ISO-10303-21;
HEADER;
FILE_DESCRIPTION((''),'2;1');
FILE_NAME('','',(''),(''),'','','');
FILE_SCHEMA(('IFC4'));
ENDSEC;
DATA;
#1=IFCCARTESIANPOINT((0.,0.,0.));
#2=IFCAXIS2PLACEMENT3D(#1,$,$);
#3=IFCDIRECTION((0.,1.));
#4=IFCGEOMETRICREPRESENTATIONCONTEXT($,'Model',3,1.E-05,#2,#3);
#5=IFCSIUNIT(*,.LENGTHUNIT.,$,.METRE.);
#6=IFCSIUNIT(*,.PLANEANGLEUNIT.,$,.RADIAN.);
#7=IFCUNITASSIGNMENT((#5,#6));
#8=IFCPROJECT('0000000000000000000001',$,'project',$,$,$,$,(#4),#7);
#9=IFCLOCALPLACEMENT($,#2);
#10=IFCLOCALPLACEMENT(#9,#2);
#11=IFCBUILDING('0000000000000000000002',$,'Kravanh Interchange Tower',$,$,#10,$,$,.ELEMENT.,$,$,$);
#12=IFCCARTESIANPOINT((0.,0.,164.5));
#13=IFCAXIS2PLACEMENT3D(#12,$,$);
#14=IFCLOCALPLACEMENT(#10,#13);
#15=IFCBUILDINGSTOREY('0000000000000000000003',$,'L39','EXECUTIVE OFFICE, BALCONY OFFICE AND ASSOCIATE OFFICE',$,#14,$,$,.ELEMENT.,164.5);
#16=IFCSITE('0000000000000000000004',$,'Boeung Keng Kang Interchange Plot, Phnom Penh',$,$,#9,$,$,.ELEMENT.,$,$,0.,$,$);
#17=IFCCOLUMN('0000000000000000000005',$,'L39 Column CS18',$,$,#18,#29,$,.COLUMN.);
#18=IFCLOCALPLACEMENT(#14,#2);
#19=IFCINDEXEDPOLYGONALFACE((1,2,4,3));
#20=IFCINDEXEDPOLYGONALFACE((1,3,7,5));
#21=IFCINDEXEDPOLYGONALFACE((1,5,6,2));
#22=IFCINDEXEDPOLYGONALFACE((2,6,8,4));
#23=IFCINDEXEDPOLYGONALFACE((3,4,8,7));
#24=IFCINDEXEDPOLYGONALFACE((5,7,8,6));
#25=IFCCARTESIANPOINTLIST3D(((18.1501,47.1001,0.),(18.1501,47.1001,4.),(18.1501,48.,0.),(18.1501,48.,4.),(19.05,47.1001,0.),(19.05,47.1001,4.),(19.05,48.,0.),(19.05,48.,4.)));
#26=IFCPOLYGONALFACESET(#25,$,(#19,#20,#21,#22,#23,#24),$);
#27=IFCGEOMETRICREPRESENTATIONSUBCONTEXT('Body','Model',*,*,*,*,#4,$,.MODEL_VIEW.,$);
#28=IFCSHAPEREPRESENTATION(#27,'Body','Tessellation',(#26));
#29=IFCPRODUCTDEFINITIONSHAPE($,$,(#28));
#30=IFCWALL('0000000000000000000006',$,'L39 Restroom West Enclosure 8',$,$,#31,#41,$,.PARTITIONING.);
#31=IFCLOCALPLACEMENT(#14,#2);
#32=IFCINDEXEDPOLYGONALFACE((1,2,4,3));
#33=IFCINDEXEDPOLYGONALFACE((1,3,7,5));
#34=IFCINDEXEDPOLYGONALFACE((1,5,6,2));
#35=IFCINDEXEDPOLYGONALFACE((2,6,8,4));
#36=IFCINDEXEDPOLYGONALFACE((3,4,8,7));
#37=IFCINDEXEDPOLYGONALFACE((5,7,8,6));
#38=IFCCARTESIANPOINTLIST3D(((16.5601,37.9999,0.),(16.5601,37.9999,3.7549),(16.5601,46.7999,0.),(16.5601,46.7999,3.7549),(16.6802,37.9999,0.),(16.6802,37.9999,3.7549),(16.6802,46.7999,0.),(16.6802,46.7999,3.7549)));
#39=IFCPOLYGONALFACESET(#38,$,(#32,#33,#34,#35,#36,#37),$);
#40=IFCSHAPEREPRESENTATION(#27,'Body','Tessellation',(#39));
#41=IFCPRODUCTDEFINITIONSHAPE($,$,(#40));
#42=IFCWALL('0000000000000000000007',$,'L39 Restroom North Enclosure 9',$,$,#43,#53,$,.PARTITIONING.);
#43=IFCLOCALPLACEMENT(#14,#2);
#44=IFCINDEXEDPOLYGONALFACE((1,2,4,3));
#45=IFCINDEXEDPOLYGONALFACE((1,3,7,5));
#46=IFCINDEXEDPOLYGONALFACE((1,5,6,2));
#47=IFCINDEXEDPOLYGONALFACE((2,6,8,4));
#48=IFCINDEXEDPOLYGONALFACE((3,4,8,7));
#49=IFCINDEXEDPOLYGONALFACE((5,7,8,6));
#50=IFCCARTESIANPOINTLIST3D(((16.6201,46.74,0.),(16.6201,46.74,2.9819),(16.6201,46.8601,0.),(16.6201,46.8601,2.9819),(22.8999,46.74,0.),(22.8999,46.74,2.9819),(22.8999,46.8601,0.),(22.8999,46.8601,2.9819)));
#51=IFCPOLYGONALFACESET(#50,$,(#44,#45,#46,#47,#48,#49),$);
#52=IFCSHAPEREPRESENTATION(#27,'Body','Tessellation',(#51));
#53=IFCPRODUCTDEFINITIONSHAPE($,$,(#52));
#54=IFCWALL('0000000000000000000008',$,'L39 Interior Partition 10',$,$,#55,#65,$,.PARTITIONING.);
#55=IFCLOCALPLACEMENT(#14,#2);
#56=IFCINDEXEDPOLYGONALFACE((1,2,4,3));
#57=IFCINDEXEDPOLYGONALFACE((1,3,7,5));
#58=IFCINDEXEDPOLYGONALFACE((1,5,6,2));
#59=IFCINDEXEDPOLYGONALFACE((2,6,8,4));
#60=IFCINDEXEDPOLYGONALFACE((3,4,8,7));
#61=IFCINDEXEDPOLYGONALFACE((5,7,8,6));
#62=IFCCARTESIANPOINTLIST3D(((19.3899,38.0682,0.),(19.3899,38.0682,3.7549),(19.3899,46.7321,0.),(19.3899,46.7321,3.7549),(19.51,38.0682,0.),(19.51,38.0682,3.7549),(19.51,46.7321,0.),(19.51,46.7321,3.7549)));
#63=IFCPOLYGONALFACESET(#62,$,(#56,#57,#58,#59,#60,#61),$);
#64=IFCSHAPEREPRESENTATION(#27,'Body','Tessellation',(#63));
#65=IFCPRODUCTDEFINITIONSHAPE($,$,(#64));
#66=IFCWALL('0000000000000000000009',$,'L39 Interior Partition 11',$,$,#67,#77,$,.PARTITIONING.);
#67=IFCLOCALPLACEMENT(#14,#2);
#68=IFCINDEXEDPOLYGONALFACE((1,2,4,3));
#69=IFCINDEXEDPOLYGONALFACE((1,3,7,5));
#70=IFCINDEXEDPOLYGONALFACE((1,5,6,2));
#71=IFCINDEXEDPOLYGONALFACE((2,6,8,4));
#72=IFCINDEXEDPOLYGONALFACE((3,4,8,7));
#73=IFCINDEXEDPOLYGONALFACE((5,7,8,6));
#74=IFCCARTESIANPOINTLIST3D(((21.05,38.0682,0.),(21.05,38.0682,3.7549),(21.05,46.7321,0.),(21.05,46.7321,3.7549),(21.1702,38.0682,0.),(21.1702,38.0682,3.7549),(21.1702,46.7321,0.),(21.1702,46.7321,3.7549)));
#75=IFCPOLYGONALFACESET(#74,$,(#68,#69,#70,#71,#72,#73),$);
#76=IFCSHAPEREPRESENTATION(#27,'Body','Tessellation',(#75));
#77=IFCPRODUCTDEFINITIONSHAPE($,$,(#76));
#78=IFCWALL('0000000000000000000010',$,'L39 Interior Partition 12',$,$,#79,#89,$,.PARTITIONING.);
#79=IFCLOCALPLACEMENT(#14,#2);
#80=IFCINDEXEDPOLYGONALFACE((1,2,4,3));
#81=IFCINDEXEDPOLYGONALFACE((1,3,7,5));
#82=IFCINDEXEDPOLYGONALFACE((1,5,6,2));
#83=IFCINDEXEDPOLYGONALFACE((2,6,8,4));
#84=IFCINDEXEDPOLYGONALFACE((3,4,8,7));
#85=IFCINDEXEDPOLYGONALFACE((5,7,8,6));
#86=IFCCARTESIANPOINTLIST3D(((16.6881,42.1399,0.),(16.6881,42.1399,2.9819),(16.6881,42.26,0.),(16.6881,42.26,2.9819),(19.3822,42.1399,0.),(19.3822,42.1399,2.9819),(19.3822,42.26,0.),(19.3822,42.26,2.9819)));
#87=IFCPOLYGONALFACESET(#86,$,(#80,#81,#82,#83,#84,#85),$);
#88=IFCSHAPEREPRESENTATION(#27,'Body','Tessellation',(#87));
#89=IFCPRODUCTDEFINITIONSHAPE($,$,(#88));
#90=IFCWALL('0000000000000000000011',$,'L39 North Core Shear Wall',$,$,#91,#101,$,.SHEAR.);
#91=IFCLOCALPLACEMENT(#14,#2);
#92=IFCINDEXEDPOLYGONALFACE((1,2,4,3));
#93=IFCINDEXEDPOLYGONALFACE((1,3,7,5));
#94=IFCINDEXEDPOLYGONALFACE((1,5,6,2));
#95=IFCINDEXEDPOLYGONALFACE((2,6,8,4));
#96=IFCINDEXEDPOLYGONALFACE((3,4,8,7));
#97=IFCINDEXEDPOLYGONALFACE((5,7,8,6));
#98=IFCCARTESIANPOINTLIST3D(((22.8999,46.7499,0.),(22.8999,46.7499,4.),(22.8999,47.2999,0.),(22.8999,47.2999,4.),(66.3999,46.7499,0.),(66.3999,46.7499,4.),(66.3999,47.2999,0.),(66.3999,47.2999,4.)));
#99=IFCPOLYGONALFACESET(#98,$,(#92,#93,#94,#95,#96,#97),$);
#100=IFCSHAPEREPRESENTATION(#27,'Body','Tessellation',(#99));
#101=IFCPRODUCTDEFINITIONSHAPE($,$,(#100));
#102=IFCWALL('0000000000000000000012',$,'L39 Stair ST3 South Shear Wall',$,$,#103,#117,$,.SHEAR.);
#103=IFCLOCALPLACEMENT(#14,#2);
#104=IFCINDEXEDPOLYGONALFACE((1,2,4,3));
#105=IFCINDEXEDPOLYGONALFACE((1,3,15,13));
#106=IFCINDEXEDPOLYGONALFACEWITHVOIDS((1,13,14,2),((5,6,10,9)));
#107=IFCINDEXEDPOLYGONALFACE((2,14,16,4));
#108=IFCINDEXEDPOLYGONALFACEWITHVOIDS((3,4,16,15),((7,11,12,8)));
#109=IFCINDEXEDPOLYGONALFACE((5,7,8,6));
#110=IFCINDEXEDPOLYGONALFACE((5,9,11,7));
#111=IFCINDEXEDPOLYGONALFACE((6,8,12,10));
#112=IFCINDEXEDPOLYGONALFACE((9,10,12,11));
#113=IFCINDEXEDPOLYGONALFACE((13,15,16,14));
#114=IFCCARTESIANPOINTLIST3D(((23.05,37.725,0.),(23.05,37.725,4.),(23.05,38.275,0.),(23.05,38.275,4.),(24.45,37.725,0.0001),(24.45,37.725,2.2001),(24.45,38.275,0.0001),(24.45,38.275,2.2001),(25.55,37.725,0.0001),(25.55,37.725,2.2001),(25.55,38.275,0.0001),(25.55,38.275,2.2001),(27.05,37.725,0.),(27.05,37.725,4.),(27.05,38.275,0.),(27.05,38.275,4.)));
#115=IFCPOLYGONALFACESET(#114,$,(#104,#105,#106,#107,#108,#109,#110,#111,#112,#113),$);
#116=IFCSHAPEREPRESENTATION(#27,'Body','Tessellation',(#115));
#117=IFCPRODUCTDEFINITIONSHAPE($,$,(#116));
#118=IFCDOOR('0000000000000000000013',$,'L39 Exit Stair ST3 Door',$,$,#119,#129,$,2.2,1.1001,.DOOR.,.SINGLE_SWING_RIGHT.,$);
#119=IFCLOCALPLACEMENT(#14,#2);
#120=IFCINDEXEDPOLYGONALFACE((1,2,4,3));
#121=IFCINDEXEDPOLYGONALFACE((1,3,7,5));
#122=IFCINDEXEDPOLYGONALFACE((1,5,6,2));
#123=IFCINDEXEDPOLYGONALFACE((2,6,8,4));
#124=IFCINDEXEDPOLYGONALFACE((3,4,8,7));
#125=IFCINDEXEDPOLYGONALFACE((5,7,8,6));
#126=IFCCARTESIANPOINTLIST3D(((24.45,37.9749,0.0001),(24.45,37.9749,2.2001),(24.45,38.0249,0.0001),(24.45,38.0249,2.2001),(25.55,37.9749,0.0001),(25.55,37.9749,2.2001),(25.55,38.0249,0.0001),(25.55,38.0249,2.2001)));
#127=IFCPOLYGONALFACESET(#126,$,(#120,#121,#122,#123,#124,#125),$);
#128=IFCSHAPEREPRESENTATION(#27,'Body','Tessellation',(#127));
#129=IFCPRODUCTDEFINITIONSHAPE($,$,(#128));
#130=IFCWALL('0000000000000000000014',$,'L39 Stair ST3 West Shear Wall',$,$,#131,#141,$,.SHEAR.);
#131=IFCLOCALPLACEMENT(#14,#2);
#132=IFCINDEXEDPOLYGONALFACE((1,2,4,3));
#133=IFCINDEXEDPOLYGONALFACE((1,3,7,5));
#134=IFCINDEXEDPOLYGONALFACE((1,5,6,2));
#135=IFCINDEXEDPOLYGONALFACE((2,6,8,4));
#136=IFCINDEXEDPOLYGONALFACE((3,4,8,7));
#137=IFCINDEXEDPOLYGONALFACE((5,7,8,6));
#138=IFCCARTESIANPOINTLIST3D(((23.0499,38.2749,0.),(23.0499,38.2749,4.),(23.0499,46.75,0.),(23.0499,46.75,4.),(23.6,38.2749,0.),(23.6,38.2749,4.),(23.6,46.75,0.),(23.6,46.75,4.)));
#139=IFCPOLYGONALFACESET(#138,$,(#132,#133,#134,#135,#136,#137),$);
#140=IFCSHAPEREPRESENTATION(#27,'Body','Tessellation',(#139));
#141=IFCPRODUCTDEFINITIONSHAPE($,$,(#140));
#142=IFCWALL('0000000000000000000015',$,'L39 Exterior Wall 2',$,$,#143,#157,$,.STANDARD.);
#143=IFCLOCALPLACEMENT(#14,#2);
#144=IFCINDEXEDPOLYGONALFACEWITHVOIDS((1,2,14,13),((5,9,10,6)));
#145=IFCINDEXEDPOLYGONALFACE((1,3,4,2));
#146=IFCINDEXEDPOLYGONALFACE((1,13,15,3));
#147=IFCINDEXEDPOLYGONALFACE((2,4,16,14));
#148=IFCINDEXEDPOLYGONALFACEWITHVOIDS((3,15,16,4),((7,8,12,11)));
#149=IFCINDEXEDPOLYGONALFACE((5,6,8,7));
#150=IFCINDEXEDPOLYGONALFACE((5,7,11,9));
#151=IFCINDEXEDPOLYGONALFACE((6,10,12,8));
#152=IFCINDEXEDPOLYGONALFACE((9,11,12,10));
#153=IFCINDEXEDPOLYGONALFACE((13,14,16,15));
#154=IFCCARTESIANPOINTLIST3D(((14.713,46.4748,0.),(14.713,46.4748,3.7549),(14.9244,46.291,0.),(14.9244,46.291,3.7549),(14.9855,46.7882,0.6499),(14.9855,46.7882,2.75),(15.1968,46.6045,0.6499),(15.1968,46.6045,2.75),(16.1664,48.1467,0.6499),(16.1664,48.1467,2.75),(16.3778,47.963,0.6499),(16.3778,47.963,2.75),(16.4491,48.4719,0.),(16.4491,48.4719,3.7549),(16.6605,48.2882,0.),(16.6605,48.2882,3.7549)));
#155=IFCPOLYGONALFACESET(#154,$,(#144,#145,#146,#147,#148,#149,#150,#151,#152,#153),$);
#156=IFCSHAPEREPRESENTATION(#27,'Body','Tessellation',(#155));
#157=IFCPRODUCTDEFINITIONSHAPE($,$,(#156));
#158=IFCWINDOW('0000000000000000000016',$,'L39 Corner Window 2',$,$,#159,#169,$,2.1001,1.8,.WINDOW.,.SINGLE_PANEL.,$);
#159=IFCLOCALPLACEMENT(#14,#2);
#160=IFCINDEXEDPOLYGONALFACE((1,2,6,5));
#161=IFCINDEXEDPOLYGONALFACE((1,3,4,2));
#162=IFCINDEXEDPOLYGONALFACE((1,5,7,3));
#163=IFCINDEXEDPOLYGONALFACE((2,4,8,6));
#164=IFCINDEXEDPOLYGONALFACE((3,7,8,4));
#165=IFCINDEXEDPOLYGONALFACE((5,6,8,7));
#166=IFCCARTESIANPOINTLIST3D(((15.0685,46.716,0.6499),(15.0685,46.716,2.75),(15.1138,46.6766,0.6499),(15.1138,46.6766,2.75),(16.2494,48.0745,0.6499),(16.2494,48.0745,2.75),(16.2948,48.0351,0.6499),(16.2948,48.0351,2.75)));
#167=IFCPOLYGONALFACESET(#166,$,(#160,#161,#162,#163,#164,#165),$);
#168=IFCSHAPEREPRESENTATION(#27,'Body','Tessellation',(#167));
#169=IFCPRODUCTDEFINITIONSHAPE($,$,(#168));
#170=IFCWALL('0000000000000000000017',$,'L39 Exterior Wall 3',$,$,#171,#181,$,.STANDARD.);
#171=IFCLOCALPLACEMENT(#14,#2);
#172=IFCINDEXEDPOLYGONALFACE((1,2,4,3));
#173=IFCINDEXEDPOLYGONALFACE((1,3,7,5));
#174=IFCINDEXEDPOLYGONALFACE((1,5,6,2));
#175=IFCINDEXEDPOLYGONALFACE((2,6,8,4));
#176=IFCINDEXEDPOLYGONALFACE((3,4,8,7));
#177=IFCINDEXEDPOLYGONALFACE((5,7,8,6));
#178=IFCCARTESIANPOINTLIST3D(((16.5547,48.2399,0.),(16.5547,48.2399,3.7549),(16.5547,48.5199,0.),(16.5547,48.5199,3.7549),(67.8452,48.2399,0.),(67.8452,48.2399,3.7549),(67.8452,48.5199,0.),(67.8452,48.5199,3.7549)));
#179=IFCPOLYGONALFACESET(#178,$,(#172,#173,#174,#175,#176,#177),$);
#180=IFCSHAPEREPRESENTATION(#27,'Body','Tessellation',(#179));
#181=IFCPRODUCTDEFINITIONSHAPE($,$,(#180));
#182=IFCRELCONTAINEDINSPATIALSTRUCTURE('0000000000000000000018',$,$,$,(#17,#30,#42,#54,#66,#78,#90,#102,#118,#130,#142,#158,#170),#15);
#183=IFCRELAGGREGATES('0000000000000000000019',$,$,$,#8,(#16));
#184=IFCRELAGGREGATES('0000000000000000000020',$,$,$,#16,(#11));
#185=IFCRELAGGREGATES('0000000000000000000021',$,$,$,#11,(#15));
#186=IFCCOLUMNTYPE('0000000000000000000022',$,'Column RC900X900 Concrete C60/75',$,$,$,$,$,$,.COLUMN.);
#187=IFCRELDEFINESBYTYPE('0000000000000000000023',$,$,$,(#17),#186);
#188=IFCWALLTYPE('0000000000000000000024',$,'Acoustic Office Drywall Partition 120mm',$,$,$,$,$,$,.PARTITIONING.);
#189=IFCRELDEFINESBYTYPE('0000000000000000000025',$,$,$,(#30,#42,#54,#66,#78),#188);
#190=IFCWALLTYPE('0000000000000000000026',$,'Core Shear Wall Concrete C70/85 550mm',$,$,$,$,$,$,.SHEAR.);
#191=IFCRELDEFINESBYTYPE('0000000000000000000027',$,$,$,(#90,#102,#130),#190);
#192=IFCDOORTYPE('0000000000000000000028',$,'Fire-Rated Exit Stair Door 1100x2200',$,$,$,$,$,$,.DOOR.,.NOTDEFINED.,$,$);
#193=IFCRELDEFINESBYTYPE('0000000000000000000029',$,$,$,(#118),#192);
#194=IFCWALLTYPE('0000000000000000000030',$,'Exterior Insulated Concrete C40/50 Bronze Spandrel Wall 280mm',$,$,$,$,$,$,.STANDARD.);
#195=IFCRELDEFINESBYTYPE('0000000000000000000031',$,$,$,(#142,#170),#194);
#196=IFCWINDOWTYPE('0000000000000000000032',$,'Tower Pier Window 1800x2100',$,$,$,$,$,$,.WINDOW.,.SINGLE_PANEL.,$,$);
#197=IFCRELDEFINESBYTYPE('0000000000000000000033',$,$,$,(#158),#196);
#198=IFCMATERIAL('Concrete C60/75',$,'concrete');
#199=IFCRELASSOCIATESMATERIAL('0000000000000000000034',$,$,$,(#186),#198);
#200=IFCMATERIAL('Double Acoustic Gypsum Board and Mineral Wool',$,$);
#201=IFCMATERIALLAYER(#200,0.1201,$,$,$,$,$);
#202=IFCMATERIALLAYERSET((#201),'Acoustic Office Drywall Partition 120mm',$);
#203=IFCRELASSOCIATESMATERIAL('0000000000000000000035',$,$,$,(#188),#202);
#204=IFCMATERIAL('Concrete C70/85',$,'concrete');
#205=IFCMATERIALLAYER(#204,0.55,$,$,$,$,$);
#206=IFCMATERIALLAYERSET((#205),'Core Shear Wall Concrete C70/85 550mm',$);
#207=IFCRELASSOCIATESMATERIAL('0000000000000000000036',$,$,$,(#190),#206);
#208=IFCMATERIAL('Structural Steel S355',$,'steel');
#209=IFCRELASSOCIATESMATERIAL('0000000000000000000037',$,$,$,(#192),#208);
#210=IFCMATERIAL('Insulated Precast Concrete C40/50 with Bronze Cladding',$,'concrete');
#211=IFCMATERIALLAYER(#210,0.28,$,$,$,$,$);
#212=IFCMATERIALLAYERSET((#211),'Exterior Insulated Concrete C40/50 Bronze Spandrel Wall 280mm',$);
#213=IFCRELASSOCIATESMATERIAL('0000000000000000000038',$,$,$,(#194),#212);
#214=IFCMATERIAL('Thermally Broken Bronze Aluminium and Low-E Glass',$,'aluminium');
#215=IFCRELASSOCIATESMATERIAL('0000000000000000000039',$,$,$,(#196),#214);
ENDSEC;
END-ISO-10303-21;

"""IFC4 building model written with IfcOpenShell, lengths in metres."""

from ifc_helpers import new_model, si_unit, direction, frame, frame_2d, origin, origin_2d, place, context, subcontext, project, spatial, rectangle, extrude, material, layer, layer_set, material_profile, profile_set, type_object, element, fill, save


model = new_model("IFC4")

# Units and contexts
model_context = context("Model", 3, precision=1e-05, world=origin(), true_north=direction((0.0, 1.0)))
body_context = subcontext(model_context, "Body", "Model", "MODEL_VIEW")
ifc_project = project(units=[si_unit("LENGTHUNIT", "METRE"), si_unit("PLANEANGLEUNIT", "RADIAN")], contexts=[model_context])

# Site, building, storey
site_placement = place(None, origin())
site = spatial("IfcSite", under=ifc_project, at=site_placement, Name="Boeung Keng Kang Interchange Plot, Phnom Penh", CompositionType="ELEMENT", RefElevation=0.0)
building_placement = place(site_placement, origin())
building = spatial("IfcBuilding", under=site, at=building_placement, Name="Kravanh Interchange Tower", CompositionType="ELEMENT")
storey_placement = place(building_placement, frame((0.0, 0.0, 164.5)))
storey = spatial("IfcBuildingStorey", under=building, at=storey_placement, Name="L39", Description="EXECUTIVE OFFICE, BALCONY OFFICE AND ASSOCIATE OFFICE", CompositionType="ELEMENT", Elevation=164.5)

# Column
ifc_material_1 = material(Name="Concrete C60/75", Category="concrete")
ifc_material_profile = material_profile(ifc_material_1, rectangle(XDim=0.8999, YDim=0.8999, at=origin_2d()), Name="RC900X900")
ifc_profile_set = profile_set([ifc_material_profile], Name="Concrete C60/75")
column_type = type_object("IfcColumnType", Name="Column RC900X900 Concrete C60/75", PredefinedType="COLUMN", material=ifc_profile_set)
column_placement = place(storey_placement, frame((18.6001, 47.55, 0.0), z_axis=(0.0, 0.0, 1.0), x_axis=(1.0, 0.0, 0.0)))
element("IfcColumn", 1, at=column_placement, inside=storey, type_object=column_type, Name="L39 Column CS18", PredefinedType="COLUMN", context=body_context, shape_type="SweptSolid", body=[
    extrude(rectangle(XDim=0.8999, YDim=0.8999, at=origin_2d()), origin(), (0.0, 0.0, 1.0), 4.0),
])

# Shared definitions
ifc_material_2 = material(Name="Double Acoustic Gypsum Board and Mineral Wool")
ifc_layer_1 = layer(ifc_material_2, 0.1201)
ifc_layer_set_1 = layer_set([ifc_layer_1], Name="Acoustic Office Drywall Partition 120mm")
wall_type_1 = type_object("IfcWallType", Name="Acoustic Office Drywall Partition 120mm", PredefinedType="PARTITIONING", material=ifc_layer_set_1)

# Walls
wall_1_placement = place(storey_placement, frame((16.6201, 38.0, 0.0), z_axis=(0.0, 0.0, 1.0), x_axis=(0.0, 1.0, 0.0)))
element("IfcWall", 2, at=wall_1_placement, inside=storey, type_object=wall_type_1, Name="L39 Restroom West Enclosure 8", PredefinedType="PARTITIONING", context=body_context, shape_type="SweptSolid", body=[
    extrude(rectangle(XDim=8.8, YDim=0.1201, at=frame_2d((4.3999, 0.0))), origin(), (0.0, 0.0, 1.0), 3.7549),
])
wall_2_placement = place(storey_placement, frame((16.6201, 46.8, 0.0), z_axis=(0.0, 0.0, 1.0), x_axis=(1.0, 0.0, 0.0)))
element("IfcWall", 3, at=wall_2_placement, inside=storey, type_object=wall_type_1, Name="L39 Restroom North Enclosure 9", PredefinedType="PARTITIONING", context=body_context, shape_type="SweptSolid", body=[
    extrude(rectangle(XDim=6.2798, YDim=0.1201, at=frame_2d((3.1399, 0.0))), origin(), (0.0, 0.0, 1.0), 2.9819),
])
for number, where, z_axis, x_axis, name in (
    (4, (19.45, 38.0681, 0.0), (0.0, 0.0, 1.0), (0.0, 1.0, 0.0), "L39 Interior Partition 10"),
    (5, (21.1101, 38.0681, 0.0), (0.0, 0.0, 1.0), (0.0, 1.0, 0.0), "L39 Interior Partition 11"),
):
    element("IfcWall", number, at=place(storey_placement, frame(where, z_axis=z_axis, x_axis=x_axis)), inside=storey, type_object=wall_type_1, Name=name, PredefinedType="PARTITIONING", context=body_context, shape_type="SweptSolid", body=[
        extrude(rectangle(XDim=8.6638, YDim=0.1201, at=frame_2d((4.332, 0.0))), origin(), (0.0, 0.0, 1.0), 3.7549),
    ])
wall_3_placement = place(storey_placement, frame((16.688, 42.2, 0.0), z_axis=(0.0, 0.0, 1.0), x_axis=(1.0, 0.0, 0.0)))
element("IfcWall", 6, at=wall_3_placement, inside=storey, type_object=wall_type_1, Name="L39 Interior Partition 12", PredefinedType="PARTITIONING", context=body_context, shape_type="SweptSolid", body=[
    extrude(rectangle(XDim=2.6941, YDim=0.1201, at=frame_2d((1.3472, 0.0))), origin(), (0.0, 0.0, 1.0), 2.9819),
])
ifc_material_3 = material(Name="Concrete C70/85", Category="concrete")
ifc_layer_2 = layer(ifc_material_3, 0.55)
ifc_layer_set_2 = layer_set([ifc_layer_2], Name="Core Shear Wall Concrete C70/85 550mm")
wall_type_2 = type_object("IfcWallType", Name="Core Shear Wall Concrete C70/85 550mm", PredefinedType="SHEAR", material=ifc_layer_set_2)
wall_4_placement = place(storey_placement, frame((22.8999, 47.0249, 0.0), z_axis=(0.0, 0.0, 1.0), x_axis=(1.0, 0.0, 0.0)))
element("IfcWall", 7, at=wall_4_placement, inside=storey, type_object=wall_type_2, Name="L39 North Core Shear Wall", PredefinedType="SHEAR", context=body_context, shape_type="SweptSolid", body=[
    extrude(rectangle(XDim=43.5, YDim=0.55, at=frame_2d((21.75, 0.0))), origin(), (0.0, 0.0, 1.0), 4.0),
])

# Wall, opening, door
wall_5_placement = place(storey_placement, frame((23.05, 38.0, 0.0), z_axis=(0.0, 0.0, 1.0), x_axis=(1.0, 0.0, 0.0)))
wall_5 = element("IfcWall", 8, at=wall_5_placement, inside=storey, type_object=wall_type_2, Name="L39 Stair ST3 South Shear Wall", PredefinedType="SHEAR", context=body_context, shape_type="SweptSolid", body=[
    extrude(rectangle(XDim=4.0, YDim=0.55, at=frame_2d((2.0, 0.0))), origin(), (0.0, 0.0, 1.0), 4.0),
])
opening_1_placement = place(wall_5_placement, frame((1.3999, 0.0, 0.0)))
opening_1 = element("IfcOpeningElement", 9, at=opening_1_placement, cuts=wall_5, PredefinedType="OPENING", context=body_context, shape_type="SweptSolid", body=[
    extrude(rectangle(XDim=1.1001, YDim=2.2, at=frame_2d((0.55, 1.1001))), frame((0.0, 0.2852, 0.0), z_axis=(0.0, -1.0, 0.0), x_axis=(1.0, 0.0, 0.0)), (0.0, 0.0, 1.0), 0.5701),
])
ifc_material_4 = material(Name="Structural Steel S355", Category="steel")
door_type_1 = type_object("IfcDoorType", Name="Fire-Rated Exit Stair Door 1100x2200", OperationType="NOTDEFINED", PredefinedType="DOOR", material=ifc_material_4)
door_1_placement = place(opening_1_placement, origin())
door_1 = element("IfcDoor", 10, at=door_1_placement, inside=storey, type_object=door_type_1, Name="L39 Exit Stair ST3 Door", OperationType="SINGLE_SWING_RIGHT", OverallHeight=2.2, OverallWidth=1.1001, PredefinedType="DOOR", context=body_context, shape_type="SweptSolid", body=[
    extrude(rectangle(XDim=1.1001, YDim=2.2, at=frame_2d((0.55, 1.1001))), frame((0.0, 0.0249, 0.0), z_axis=(0.0, -1.0, 0.0), x_axis=(1.0, 0.0, 0.0)), (0.0, 0.0, 1.0), 0.05),
])
fill(opening_1, door_1)

# Wall
wall_6_placement = place(storey_placement, frame((23.325, 38.2749, 0.0), z_axis=(0.0, 0.0, 1.0), x_axis=(0.0, 1.0, 0.0)))
element("IfcWall", 11, at=wall_6_placement, inside=storey, type_object=wall_type_2, Name="L39 Stair ST3 West Shear Wall", PredefinedType="SHEAR", context=body_context, shape_type="SweptSolid", body=[
    extrude(rectangle(XDim=8.4751, YDim=0.55, at=frame_2d((4.2375, 0.0))), origin(), (0.0, 0.0, 1.0), 4.0),
])

# Wall, opening, window
ifc_material_5 = material(Name="Insulated Precast Concrete C40/50 with Bronze Cladding", Category="concrete")
ifc_layer_3 = layer(ifc_material_5, 0.28)
ifc_layer_set_3 = layer_set([ifc_layer_3], Name="Exterior Insulated Concrete C40/50 Bronze Spandrel Wall 280mm")
wall_type_3 = type_object("IfcWallType", Name="Exterior Insulated Concrete C40/50 Bronze Spandrel Wall 280mm", PredefinedType="STANDARD", material=ifc_layer_set_3)
wall_7_placement = place(storey_placement, frame((14.8186, 46.3828, 0.0), z_axis=(0.0, 0.0, 1.0), x_axis=(0.656071, 0.754699, 0.0)))
wall_7 = element("IfcWall", 12, at=wall_7_placement, inside=storey, type_object=wall_type_3, Name="L39 Exterior Wall 2", PredefinedType="STANDARD", context=body_context, shape_type="SweptSolid", body=[
    extrude(rectangle(XDim=2.6462, YDim=0.28, at=frame_2d((1.3232, 0.0))), origin(), (0.0, 0.0, 1.0), 3.7549),
])
opening_2_placement = place(wall_7_placement, frame((0.4155, 0.0, 0.6499)))
opening_2 = element("IfcOpeningElement", 13, at=opening_2_placement, cuts=wall_7, PredefinedType="OPENING", context=body_context, shape_type="SweptSolid", body=[
    extrude(rectangle(XDim=1.8, YDim=2.1001, at=frame_2d((0.8999, 1.05))), frame((0.0, 0.1499, 0.0), z_axis=(0.0, -1.0, 0.0), x_axis=(1.0, 0.0, 0.0)), (0.0, 0.0, 1.0), 0.3),
])
ifc_material_6 = material(Name="Thermally Broken Bronze Aluminium and Low-E Glass", Category="aluminium")
window_type = type_object("IfcWindowType", Name="Tower Pier Window 1800x2100", PartitioningType="SINGLE_PANEL", PredefinedType="WINDOW", material=ifc_material_6)
window_placement = place(opening_2_placement, origin())
window = element("IfcWindow", 14, at=window_placement, inside=storey, type_object=window_type, Name="L39 Corner Window 2", OverallHeight=2.1001, OverallWidth=1.8, PartitioningType="SINGLE_PANEL", PredefinedType="WINDOW", context=body_context, shape_type="SweptSolid", body=[
    extrude(rectangle(XDim=1.8, YDim=2.1001, at=frame_2d((0.8999, 1.05))), frame((0.0, 0.03, 0.0), z_axis=(0.0, -1.0, 0.0), x_axis=(1.0, 0.0, 0.0)), (0.0, 0.0, 1.0), 0.0601),
])
fill(opening_2, window)

# Wall
wall_8_placement = place(storey_placement, frame((16.5547, 48.3799, 0.0), z_axis=(0.0, 0.0, 1.0), x_axis=(1.0, 0.0, 0.0)))
element("IfcWall", 15, at=wall_8_placement, inside=storey, type_object=wall_type_3, Name="L39 Exterior Wall 3", PredefinedType="STANDARD", context=body_context, shape_type="SweptSolid", body=[
    extrude(rectangle(XDim=51.2905, YDim=0.28, at=frame_2d((25.6453, 0.0))), origin(), (0.0, 0.0, 1.0), 3.7549),
])

save(model, "model.ifc")
